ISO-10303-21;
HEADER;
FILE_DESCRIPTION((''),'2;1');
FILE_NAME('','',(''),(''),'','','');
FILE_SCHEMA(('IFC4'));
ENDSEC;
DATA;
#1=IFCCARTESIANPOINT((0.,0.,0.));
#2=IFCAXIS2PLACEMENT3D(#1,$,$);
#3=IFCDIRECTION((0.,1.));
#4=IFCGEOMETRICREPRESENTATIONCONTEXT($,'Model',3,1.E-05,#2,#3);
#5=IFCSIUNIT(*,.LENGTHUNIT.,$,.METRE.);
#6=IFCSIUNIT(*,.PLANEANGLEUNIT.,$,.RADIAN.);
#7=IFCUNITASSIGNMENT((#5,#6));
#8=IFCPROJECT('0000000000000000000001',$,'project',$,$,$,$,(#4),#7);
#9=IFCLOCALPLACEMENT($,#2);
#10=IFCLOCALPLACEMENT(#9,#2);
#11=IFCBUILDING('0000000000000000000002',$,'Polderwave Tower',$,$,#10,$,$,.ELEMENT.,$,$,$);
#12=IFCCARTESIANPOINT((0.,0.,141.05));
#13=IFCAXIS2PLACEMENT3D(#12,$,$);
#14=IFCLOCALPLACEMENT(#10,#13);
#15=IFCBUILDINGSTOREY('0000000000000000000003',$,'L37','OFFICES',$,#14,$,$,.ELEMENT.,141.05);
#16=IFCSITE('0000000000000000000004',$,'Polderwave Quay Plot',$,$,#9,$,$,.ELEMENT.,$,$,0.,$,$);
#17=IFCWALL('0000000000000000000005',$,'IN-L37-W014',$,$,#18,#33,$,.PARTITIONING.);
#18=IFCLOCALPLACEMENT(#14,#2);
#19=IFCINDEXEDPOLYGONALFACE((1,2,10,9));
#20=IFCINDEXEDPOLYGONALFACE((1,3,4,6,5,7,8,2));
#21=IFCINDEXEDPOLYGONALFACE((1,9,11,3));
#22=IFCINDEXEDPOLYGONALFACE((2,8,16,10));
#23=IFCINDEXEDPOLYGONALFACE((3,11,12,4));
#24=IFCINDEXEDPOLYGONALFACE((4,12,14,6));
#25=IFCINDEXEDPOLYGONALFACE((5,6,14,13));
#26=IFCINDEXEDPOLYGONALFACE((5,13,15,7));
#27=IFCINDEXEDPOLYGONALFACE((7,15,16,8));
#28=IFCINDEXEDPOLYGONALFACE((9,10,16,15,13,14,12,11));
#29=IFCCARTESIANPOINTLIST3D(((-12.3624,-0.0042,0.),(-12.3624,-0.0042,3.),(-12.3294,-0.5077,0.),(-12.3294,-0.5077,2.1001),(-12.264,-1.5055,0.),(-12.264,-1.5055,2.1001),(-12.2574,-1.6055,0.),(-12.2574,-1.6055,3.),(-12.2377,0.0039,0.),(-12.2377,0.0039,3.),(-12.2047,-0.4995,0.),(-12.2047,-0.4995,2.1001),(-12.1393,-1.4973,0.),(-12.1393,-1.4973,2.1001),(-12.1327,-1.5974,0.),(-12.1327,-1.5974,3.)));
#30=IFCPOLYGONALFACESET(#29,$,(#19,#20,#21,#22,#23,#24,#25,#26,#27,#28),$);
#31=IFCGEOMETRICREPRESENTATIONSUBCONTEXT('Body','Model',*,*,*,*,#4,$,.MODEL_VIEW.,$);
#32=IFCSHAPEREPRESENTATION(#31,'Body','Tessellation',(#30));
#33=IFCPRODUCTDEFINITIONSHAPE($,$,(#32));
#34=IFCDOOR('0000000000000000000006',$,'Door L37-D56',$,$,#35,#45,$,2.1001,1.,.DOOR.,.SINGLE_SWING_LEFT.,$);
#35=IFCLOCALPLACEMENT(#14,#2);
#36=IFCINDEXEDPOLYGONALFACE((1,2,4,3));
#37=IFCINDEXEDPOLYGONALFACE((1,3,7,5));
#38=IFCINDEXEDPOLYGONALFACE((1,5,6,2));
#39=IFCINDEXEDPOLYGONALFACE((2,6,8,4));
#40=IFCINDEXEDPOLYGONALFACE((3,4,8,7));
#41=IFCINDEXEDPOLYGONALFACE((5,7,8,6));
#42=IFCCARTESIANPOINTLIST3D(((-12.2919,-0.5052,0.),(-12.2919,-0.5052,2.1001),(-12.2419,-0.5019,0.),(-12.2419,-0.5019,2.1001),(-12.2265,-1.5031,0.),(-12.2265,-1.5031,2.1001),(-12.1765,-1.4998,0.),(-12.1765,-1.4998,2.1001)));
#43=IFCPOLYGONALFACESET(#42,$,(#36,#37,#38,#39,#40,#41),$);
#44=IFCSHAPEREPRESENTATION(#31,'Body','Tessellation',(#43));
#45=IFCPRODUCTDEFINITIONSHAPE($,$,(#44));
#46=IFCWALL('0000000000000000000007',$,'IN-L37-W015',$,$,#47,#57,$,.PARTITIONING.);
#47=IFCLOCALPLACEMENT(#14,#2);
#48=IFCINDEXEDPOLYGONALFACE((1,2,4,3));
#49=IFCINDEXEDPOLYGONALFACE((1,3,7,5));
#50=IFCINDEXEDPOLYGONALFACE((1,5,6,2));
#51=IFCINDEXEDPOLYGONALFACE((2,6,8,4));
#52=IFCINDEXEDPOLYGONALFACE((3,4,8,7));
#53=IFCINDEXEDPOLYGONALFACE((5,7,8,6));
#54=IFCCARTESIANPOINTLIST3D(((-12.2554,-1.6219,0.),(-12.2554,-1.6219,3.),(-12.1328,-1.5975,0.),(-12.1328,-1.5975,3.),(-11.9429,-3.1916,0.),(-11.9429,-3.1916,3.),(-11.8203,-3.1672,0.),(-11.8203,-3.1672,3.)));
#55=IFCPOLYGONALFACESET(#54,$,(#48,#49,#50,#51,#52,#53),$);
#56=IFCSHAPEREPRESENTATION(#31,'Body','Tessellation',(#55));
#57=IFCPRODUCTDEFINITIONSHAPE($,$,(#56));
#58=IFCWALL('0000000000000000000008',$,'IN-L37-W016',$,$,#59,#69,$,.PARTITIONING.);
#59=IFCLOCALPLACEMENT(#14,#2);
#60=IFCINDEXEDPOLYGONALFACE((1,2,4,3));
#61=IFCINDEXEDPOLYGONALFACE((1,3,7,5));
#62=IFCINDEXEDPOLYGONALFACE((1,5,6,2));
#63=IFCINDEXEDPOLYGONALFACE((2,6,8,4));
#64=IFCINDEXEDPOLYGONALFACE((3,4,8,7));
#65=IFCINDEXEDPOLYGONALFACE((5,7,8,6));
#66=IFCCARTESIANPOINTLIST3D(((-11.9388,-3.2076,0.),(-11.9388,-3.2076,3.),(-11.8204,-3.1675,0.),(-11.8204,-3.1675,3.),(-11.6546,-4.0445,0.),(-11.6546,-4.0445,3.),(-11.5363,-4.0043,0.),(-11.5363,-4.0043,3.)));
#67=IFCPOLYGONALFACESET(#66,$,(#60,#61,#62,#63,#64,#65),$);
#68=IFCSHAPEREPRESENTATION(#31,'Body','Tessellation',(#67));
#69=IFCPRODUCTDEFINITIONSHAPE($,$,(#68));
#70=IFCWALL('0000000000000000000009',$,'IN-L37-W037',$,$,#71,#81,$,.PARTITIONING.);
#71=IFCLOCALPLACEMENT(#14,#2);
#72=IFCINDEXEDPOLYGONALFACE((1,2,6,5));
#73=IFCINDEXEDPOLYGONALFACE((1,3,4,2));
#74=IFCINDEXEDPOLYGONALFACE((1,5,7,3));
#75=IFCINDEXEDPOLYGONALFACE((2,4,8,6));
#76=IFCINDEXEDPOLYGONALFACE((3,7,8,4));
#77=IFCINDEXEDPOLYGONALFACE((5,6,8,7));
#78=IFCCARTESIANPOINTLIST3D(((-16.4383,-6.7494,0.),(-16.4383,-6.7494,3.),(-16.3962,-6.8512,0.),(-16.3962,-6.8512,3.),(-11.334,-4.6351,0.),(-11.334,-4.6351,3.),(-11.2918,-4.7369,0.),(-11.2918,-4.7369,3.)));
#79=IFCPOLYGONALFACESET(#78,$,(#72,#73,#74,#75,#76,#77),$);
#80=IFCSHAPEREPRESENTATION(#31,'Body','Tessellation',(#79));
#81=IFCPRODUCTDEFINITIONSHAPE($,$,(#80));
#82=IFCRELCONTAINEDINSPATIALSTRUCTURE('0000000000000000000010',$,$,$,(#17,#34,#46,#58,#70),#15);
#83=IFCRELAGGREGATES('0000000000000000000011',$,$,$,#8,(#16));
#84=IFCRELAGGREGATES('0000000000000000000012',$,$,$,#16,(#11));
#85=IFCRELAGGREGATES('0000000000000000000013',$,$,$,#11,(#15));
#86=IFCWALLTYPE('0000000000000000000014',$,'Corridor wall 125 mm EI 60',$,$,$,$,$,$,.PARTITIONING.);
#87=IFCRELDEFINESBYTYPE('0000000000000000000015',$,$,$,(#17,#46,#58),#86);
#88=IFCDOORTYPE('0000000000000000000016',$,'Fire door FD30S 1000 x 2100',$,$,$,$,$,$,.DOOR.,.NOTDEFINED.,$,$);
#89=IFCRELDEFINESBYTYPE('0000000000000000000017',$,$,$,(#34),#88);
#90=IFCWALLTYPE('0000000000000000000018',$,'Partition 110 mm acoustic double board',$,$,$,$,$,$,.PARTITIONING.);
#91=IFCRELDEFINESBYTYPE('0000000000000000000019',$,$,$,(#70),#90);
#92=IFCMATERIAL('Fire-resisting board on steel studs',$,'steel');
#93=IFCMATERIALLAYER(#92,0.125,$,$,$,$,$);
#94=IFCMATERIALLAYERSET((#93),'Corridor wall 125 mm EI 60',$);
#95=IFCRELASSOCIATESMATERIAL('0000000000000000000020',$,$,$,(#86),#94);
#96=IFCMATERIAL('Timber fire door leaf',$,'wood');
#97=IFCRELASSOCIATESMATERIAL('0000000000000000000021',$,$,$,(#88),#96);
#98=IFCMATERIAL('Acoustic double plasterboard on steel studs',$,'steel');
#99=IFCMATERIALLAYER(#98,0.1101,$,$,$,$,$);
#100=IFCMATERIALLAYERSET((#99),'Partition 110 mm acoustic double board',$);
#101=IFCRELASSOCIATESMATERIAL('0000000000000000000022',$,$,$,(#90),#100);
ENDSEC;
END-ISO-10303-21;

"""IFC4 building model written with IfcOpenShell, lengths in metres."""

from ifc_helpers import new_model, si_unit, direction, frame, frame_2d, origin, place, context, subcontext, project, spatial, rectangle, extrude, material, layer, layer_set, type_object, element, fill, save


model = new_model("IFC4")

# Units and contexts
model_context = context("Model", 3, precision=1e-05, world=origin(), true_north=direction((0.0, 1.0)))
body_context = subcontext(model_context, "Body", "Model", "MODEL_VIEW")
ifc_project = project(units=[si_unit("LENGTHUNIT", "METRE"), si_unit("PLANEANGLEUNIT", "RADIAN")], contexts=[model_context])

# Site, building, storey
site_placement = place(None, origin())
site = spatial("IfcSite", under=ifc_project, at=site_placement, Name="Polderwave Quay Plot", CompositionType="ELEMENT", RefElevation=0.0)
building_placement = place(site_placement, origin())
building = spatial("IfcBuilding", under=site, at=building_placement, Name="Polderwave Tower", CompositionType="ELEMENT")
storey_placement = place(building_placement, frame((0.0, 0.0, 141.05)))
storey = spatial("IfcBuildingStorey", under=building, at=storey_placement, Name="L37", Description="OFFICES", CompositionType="ELEMENT", Elevation=141.05)

# Wall, opening, door
ifc_material_1 = material(Name="Fire-resisting board on steel studs", Category="steel")
ifc_layer_1 = layer(ifc_material_1, 0.125)
ifc_layer_set_1 = layer_set([ifc_layer_1], Name="Corridor wall 125 mm EI 60")
wall_type_1 = type_object("IfcWallType", Name="Corridor wall 125 mm EI 60", PredefinedType="PARTITIONING", material=ifc_layer_set_1)
wall_1_placement = place(storey_placement, frame((-12.1951, -1.6013, 0.0), z_axis=(0.0, 0.0, 1.0), x_axis=(-0.065418, 0.997858, 0.0)))
wall_1 = element("IfcWall", 1, at=wall_1_placement, inside=storey, type_object=wall_type_1, Name="IN-L37-W014", PredefinedType="PARTITIONING", context=body_context, shape_type="SweptSolid", body=[
    extrude(rectangle(XDim=1.6047, YDim=0.125, at=frame_2d((0.8022, 0.0))), origin(), (0.0, 0.0, 1.0), 3.0),
])
opening_placement = place(wall_1_placement, frame((0.1001, 0.0, 0.0)))
opening = element("IfcOpeningElement", 2, at=opening_placement, cuts=wall_1, PredefinedType="OPENING", context=body_context, shape_type="SweptSolid", body=[
    extrude(rectangle(XDim=1.0, YDim=2.1001, at=frame_2d((0.5, 1.05))), frame((0.0, 0.0725, 0.0), z_axis=(0.0, -1.0, 0.0), x_axis=(1.0, 0.0, 0.0)), (0.0, 0.0, 1.0), 0.145),
])
ifc_material_2 = material(Name="Timber fire door leaf", Category="wood")
door_type = type_object("IfcDoorType", Name="Fire door FD30S 1000 x 2100", OperationType="NOTDEFINED", PredefinedType="DOOR", material=ifc_material_2)
door_placement = place(opening_placement, origin())
door = element("IfcDoor", 3, at=door_placement, inside=storey, type_object=door_type, Name="Door L37-D56", OperationType="SINGLE_SWING_LEFT", OverallHeight=2.1001, OverallWidth=1.0, PredefinedType="DOOR", context=body_context, shape_type="SweptSolid", body=[
    extrude(rectangle(XDim=1.0, YDim=2.1001, at=frame_2d((0.5, 1.05))), frame((0.0, 0.0249, 0.0), z_axis=(0.0, -1.0, 0.0), x_axis=(1.0, 0.0, 0.0)), (0.0, 0.0, 1.0), 0.05),
])
fill(opening, door)

# Walls
wall_2_placement = place(storey_placement, frame((-11.8816, -3.1794, 0.0), z_axis=(0.0, 0.0, 1.0), x_axis=(-0.195236, 0.980756, 0.0)))
element("IfcWall", 4, at=wall_2_placement, inside=storey, type_object=wall_type_1, Name="IN-L37-W015", PredefinedType="PARTITIONING", context=body_context, shape_type="SweptSolid", body=[
    extrude(rectangle(XDim=1.6006, YDim=0.125, at=frame_2d((0.8003, 0.0))), origin(), (0.0, 0.0, 1.0), 3.0),
])
wall_3_placement = place(storey_placement, frame((-11.5955, -4.0244, 0.0), z_axis=(0.0, 0.0, 1.0), x_axis=(-0.321526, 0.946901, 0.0)))
element("IfcWall", 5, at=wall_3_placement, inside=storey, type_object=wall_type_1, Name="IN-L37-W016", PredefinedType="PARTITIONING", context=body_context, shape_type="SweptSolid", body=[
    extrude(rectangle(XDim=0.8838, YDim=0.125, at=frame_2d((0.4419, 0.0))), origin(), (0.0, 0.0, 1.0), 3.0),
])
ifc_material_3 = material(Name="Acoustic double plasterboard on steel studs", Category="steel")
ifc_layer_2 = layer(ifc_material_3, 0.1101)
ifc_layer_set_2 = layer_set([ifc_layer_2], Name="Partition 110 mm acoustic double board")
wall_type_2 = type_object("IfcWallType", Name="Partition 110 mm acoustic double board", PredefinedType="PARTITIONING", material=ifc_layer_set_2)
wall_4_placement = place(storey_placement, frame((-16.4172, -6.8003, 0.0), z_axis=(0.0, 0.0, 1.0), x_axis=(0.923879, 0.382685, 0.0)))
element("IfcWall", 6, at=wall_4_placement, inside=storey, type_object=wall_type_2, Name="IN-L37-W037", PredefinedType="PARTITIONING", context=body_context, shape_type="SweptSolid", body=[
    extrude(rectangle(XDim=5.5249, YDim=0.1101, at=frame_2d((2.7625, 0.0))), origin(), (0.0, 0.0, 1.0), 3.0),
])

save(model, "model.ifc")
